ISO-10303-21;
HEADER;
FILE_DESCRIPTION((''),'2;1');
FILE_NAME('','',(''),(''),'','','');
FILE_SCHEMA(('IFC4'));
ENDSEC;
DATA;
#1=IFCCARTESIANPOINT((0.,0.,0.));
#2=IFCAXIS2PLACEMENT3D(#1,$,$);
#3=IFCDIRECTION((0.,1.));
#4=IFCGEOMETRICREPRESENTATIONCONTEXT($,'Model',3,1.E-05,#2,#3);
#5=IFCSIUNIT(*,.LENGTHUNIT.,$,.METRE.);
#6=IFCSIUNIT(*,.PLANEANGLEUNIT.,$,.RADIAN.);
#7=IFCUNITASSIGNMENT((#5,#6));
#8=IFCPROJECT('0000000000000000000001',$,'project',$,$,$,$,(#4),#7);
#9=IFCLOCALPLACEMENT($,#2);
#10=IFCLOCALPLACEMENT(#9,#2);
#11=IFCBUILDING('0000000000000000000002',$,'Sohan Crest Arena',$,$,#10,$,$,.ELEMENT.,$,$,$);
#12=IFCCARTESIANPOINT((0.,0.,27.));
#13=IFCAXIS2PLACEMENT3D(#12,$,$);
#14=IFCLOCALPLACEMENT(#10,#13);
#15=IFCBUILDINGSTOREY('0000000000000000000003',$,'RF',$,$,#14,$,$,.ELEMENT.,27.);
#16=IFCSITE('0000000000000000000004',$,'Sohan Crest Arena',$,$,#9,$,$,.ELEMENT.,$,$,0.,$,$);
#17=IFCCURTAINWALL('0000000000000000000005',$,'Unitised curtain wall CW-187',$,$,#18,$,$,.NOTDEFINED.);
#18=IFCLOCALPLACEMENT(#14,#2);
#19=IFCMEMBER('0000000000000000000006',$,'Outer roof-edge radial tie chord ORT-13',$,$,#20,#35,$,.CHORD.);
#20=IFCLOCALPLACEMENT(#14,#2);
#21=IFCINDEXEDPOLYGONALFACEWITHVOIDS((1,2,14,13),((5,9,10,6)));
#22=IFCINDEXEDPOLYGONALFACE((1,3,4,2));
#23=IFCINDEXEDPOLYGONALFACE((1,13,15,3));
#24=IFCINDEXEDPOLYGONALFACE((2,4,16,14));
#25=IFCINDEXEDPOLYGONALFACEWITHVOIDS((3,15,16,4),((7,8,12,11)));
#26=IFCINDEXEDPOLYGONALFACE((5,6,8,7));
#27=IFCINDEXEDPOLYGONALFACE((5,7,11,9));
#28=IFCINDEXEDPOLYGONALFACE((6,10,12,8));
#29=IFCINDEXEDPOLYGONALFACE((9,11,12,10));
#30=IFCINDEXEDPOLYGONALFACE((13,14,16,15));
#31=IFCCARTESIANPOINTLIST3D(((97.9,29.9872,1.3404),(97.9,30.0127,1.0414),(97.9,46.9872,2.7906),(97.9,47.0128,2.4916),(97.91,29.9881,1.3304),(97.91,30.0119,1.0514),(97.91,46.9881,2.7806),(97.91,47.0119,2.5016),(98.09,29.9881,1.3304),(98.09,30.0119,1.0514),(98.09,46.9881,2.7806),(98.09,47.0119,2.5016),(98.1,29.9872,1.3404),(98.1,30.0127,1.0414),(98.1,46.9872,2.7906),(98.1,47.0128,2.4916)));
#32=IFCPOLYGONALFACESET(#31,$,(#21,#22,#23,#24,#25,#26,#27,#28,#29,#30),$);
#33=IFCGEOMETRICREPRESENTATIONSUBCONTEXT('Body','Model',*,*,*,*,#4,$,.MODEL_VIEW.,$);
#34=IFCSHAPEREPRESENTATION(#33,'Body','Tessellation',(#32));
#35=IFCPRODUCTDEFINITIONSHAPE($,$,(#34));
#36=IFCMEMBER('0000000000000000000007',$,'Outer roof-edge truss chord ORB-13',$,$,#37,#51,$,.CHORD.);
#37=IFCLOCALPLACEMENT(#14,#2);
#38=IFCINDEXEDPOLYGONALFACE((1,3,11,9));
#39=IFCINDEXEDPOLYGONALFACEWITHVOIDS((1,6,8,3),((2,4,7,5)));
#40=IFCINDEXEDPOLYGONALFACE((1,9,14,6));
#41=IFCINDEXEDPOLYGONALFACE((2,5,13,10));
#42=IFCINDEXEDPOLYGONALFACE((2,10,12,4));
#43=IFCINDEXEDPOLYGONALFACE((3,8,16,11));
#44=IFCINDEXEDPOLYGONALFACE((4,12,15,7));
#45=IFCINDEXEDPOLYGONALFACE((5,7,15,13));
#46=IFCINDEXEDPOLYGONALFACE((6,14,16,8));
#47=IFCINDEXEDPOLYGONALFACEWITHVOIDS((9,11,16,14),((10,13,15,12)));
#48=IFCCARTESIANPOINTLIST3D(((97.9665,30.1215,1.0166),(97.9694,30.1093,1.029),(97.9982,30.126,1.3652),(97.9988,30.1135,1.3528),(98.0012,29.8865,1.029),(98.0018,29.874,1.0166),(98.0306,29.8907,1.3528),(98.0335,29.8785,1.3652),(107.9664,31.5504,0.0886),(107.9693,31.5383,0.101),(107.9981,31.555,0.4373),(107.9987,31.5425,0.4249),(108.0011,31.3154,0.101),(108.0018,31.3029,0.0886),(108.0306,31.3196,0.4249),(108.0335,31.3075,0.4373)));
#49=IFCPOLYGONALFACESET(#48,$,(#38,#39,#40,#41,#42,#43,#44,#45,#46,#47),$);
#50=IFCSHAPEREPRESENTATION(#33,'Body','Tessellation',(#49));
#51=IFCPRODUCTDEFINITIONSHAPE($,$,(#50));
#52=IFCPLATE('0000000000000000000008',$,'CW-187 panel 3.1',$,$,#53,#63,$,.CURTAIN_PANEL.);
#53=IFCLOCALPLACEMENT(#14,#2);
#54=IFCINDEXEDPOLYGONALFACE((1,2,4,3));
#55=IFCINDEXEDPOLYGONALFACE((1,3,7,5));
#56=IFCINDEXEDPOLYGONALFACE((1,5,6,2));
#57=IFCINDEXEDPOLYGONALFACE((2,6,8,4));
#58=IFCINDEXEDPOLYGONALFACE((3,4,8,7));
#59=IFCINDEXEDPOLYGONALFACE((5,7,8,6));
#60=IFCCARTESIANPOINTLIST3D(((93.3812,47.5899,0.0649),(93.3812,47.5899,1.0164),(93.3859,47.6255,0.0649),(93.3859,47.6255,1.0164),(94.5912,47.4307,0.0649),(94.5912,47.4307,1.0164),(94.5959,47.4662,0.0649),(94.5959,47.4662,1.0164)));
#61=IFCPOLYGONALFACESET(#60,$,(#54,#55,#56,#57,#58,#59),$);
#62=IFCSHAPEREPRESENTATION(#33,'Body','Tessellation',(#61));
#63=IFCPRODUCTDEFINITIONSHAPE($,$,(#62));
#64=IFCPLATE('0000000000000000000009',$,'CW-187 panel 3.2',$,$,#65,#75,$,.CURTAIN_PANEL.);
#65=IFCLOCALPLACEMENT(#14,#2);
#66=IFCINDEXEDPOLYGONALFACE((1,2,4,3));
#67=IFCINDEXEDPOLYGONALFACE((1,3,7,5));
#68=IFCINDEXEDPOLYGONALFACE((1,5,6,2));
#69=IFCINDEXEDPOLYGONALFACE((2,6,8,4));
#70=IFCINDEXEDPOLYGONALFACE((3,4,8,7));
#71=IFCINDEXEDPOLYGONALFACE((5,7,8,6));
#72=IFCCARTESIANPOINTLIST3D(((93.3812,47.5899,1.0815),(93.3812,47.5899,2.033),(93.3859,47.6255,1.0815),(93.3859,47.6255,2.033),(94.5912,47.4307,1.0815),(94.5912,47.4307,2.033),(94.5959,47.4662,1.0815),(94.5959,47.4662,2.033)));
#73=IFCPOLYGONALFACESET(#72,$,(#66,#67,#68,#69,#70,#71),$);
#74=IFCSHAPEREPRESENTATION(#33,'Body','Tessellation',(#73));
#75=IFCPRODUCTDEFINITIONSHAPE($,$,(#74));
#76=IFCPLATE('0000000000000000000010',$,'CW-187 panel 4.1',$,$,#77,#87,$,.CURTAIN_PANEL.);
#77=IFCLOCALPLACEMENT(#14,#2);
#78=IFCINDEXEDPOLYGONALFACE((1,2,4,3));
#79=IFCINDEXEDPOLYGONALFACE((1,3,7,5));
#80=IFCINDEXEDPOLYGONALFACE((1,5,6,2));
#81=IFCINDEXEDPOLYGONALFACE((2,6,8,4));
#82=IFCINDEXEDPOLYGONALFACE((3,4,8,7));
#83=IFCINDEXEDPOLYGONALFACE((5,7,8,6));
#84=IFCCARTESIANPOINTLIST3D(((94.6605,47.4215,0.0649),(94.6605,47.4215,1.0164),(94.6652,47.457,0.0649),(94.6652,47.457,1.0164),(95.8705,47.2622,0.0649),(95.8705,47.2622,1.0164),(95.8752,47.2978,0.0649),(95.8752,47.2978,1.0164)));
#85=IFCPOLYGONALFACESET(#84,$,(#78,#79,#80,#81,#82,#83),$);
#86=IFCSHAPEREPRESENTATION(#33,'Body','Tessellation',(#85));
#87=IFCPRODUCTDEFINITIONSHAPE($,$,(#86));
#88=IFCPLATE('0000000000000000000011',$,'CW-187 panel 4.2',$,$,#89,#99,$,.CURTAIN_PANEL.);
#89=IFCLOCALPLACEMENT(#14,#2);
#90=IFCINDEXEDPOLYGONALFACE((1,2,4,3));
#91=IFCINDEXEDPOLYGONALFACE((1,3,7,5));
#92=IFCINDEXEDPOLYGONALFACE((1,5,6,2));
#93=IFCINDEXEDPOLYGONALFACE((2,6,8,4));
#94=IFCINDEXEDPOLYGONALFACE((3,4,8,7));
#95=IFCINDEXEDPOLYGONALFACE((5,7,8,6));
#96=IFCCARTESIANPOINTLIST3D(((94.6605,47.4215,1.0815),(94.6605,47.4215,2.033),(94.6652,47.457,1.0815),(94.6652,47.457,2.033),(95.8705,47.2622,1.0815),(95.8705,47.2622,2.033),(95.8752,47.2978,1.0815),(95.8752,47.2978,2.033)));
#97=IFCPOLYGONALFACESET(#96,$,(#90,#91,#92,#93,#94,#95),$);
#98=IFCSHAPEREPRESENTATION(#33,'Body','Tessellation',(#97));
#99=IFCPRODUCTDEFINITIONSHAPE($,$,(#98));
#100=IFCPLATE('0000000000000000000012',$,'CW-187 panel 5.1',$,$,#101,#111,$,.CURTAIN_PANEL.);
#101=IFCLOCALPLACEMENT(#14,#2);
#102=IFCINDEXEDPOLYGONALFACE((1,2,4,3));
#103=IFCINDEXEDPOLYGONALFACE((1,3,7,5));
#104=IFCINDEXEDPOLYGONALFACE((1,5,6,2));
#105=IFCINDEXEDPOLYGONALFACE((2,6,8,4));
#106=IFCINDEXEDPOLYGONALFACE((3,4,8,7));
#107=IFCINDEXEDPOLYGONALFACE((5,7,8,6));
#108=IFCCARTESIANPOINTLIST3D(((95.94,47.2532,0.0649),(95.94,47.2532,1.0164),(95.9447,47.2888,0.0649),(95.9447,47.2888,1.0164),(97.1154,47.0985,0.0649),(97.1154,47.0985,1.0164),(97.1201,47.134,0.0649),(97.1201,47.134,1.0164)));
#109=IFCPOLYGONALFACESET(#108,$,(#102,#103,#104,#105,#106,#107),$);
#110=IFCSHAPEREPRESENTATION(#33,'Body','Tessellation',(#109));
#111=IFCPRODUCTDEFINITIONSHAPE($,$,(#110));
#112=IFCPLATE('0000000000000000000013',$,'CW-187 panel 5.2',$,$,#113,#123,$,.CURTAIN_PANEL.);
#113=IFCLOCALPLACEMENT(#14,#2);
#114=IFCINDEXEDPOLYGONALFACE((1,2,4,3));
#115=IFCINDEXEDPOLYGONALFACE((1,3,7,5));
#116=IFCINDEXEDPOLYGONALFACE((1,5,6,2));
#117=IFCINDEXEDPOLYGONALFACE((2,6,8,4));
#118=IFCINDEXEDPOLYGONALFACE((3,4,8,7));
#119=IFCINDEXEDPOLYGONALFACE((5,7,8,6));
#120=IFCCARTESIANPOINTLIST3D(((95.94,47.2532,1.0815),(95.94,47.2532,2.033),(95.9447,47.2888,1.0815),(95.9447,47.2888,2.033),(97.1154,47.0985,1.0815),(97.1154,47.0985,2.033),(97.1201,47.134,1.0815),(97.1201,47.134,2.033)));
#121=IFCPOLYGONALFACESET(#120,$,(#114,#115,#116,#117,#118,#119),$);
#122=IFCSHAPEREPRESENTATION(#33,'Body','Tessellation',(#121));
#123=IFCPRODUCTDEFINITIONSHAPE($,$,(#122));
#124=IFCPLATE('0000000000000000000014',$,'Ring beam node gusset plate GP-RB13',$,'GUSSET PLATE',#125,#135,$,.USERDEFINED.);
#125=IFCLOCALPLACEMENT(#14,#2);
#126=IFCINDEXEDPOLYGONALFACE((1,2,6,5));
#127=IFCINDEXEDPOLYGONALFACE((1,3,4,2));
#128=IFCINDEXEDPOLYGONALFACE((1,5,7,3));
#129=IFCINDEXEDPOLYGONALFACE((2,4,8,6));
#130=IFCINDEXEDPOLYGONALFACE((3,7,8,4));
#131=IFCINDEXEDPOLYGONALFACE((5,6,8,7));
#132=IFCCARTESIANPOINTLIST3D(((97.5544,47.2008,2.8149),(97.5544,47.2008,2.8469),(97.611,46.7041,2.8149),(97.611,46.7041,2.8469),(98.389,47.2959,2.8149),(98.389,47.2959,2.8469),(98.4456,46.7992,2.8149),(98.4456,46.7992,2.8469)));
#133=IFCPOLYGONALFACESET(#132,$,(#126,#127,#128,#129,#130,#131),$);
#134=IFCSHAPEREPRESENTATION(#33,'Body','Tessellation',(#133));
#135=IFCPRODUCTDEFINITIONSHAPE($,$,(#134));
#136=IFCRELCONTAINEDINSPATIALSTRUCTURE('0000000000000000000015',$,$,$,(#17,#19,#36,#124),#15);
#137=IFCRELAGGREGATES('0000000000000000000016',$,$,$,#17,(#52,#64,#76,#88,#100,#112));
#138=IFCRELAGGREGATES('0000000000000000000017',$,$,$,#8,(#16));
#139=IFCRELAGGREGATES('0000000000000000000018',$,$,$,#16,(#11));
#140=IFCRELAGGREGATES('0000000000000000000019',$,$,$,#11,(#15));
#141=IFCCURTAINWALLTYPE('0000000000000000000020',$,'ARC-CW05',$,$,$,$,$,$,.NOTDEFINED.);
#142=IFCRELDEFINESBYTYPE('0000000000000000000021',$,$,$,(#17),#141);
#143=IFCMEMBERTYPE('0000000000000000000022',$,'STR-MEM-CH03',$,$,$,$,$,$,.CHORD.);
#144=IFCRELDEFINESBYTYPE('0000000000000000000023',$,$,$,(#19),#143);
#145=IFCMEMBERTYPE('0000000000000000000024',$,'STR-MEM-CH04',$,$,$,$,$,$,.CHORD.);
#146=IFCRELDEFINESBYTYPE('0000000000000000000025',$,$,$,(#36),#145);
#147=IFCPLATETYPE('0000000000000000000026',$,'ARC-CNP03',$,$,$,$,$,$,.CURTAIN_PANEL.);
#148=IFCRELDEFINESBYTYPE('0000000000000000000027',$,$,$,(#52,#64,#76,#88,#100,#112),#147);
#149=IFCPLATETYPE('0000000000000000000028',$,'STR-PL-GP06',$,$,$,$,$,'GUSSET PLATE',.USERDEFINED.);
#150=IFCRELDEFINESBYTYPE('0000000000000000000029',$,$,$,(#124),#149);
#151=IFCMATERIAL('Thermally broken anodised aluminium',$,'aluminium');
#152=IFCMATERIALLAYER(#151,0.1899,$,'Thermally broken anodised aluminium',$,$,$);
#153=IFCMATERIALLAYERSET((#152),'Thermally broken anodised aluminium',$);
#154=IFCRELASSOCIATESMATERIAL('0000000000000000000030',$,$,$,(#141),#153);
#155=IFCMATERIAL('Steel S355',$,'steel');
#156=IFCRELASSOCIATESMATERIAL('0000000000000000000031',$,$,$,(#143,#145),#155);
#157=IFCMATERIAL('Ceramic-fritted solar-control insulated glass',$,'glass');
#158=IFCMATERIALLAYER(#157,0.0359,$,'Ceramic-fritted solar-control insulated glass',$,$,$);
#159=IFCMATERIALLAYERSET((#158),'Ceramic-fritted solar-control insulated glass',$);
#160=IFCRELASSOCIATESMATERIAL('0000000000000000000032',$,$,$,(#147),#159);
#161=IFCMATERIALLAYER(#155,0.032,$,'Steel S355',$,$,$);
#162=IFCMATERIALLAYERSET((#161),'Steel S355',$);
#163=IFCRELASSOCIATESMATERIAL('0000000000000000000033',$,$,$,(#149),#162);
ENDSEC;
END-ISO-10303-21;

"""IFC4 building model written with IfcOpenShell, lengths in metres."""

from ifc_helpers import new_model, si_unit, direction, frame, origin, origin_2d, place, context, subcontext, project, spatial, rectangle, hollow_rectangle, extrude, material, layer, layer_set, material_profile, profile_set, type_object, element, aggregate, save


model = new_model("IFC4")

# Units and contexts
model_context = context("Model", 3, precision=1e-05, world=origin(), true_north=direction((0.0, 1.0)))
body_context = subcontext(model_context, "Body", "Model", "MODEL_VIEW")
ifc_project = project(units=[si_unit("LENGTHUNIT", "METRE"), si_unit("PLANEANGLEUNIT", "RADIAN")], contexts=[model_context])

# Site, building, storey
site_placement = place(None, origin())
site = spatial("IfcSite", under=ifc_project, at=site_placement, Name="Sohan Crest Arena", CompositionType="ELEMENT", RefElevation=0.0)
building_placement = place(site_placement, origin())
building = spatial("IfcBuilding", under=site, at=building_placement, Name="Sohan Crest Arena", CompositionType="ELEMENT")
storey_placement = place(building_placement, frame((0.0, 0.0, 27.0)))
storey = spatial("IfcBuildingStorey", under=building, at=storey_placement, Name="RF", CompositionType="ELEMENT", Elevation=27.0)

# Shared definitions
ifc_material_1 = material(Name="Steel S355", Category="steel")

# Curtain wall
ifc_material_2 = material(Name="Thermally broken anodised aluminium", Category="aluminium")
ifc_layer_1 = layer(ifc_material_2, 0.1899, Name="Thermally broken anodised aluminium")
ifc_layer_set_1 = layer_set([ifc_layer_1], Name="Thermally broken anodised aluminium")
curtain_wall_type = type_object("IfcCurtainWallType", Name="ARC-CW05", PredefinedType="NOTDEFINED", material=ifc_layer_set_1)
curtain_wall_placement = place(storey_placement, origin())
curtain_wall = element("IfcCurtainWall", 1, at=curtain_wall_placement, inside=storey, type_object=curtain_wall_type, Name="Unitised curtain wall CW-187", PredefinedType="NOTDEFINED")

# Members
ifc_material_profile_1 = material_profile(ifc_material_1, hollow_rectangle(XDim=0.2, YDim=0.3, WallThickness=0.01, at=origin_2d()), Name="RHS 300x200x10")
ifc_profile_set_1 = profile_set([ifc_material_profile_1], Name="Steel S355")
member_type_1 = type_object("IfcMemberType", Name="STR-MEM-CH03", PredefinedType="CHORD", material=ifc_profile_set_1)
member_1_placement = place(storey_placement, frame((98.0, 47.0, 2.6411), z_axis=(0.0, -0.996381, -0.084997), x_axis=(1.0, 0.0, 0.0)))
element("IfcMember", 2, at=member_1_placement, inside=storey, type_object=member_type_1, Name="Outer roof-edge radial tie chord ORT-13", PredefinedType="CHORD", context=body_context, shape_type="SweptSolid", body=[
    extrude(hollow_rectangle(XDim=0.2, YDim=0.3, WallThickness=0.01, at=origin_2d()), origin(), (0.0, 0.0, 1.0), 17.0618),
])
ifc_material_profile_2 = material_profile(ifc_material_1, hollow_rectangle(XDim=0.25, YDim=0.3501, WallThickness=0.0125, at=origin_2d()), Name="RHS 350x250x12.5")
ifc_profile_set_2 = profile_set([ifc_material_profile_2], Name="Steel S355")
member_type_2 = type_object("IfcMemberType", Name="STR-MEM-CH04", PredefinedType="CHORD", material=ifc_profile_set_2)
member_2_placement = place(storey_placement, frame((98.0, 30.0, 1.1909), z_axis=(0.985793, 0.140865, -0.09148), x_axis=(-0.141459, 0.989944, 0.0)))
element("IfcMember", 3, at=member_2_placement, inside=storey, type_object=member_type_2, Name="Outer roof-edge truss chord ORB-13", PredefinedType="CHORD", context=body_context, shape_type="SweptSolid", body=[
    extrude(hollow_rectangle(XDim=0.25, YDim=0.3501, WallThickness=0.0125, at=origin_2d()), origin(), (0.0, 0.0, 1.0), 10.144),
])

# Plates
ifc_material_3 = material(Name="Ceramic-fritted solar-control insulated glass", Category="glass")
ifc_layer_2 = layer(ifc_material_3, 0.0359, Name="Ceramic-fritted solar-control insulated glass")
ifc_layer_set_2 = layer_set([ifc_layer_2], Name="Ceramic-fritted solar-control insulated glass")
plate_type_1 = type_object("IfcPlateType", Name="ARC-CNP03", PredefinedType="CURTAIN_PANEL", material=ifc_layer_set_2)
plate_1_placement = place(storey_placement, frame((93.9885, 47.5281, 0.0649), z_axis=(0.0, 0.0, 1.0), x_axis=(0.991448, -0.130499, 0.0)))
plate_1 = element("IfcPlate", 4, at=plate_1_placement, type_object=plate_type_1, Name="CW-187 panel 3.1", PredefinedType="CURTAIN_PANEL", context=body_context, shape_type="SweptSolid", body=[
    extrude(rectangle(XDim=1.2205, YDim=0.0359, at=origin_2d()), origin(), (0.0, 0.0, 1.0), 0.9514),
])
plate_2_placement = place(storey_placement, frame((93.9885, 47.5281, 1.0815), z_axis=(0.0, 0.0, 1.0), x_axis=(0.991448, -0.130499, 0.0)))
plate_2 = element("IfcPlate", 5, at=plate_2_placement, type_object=plate_type_1, Name="CW-187 panel 3.2", PredefinedType="CURTAIN_PANEL", context=body_context, shape_type="SweptSolid", body=[
    extrude(rectangle(XDim=1.2205, YDim=0.0359, at=origin_2d()), origin(), (0.0, 0.0, 1.0), 0.9514),
])
plate_3_placement = place(storey_placement, frame((95.2678, 47.3596, 0.0649), z_axis=(0.0, 0.0, 1.0), x_axis=(0.991448, -0.130499, 0.0)))
plate_3 = element("IfcPlate", 6, at=plate_3_placement, type_object=plate_type_1, Name="CW-187 panel 4.1", PredefinedType="CURTAIN_PANEL", context=body_context, shape_type="SweptSolid", body=[
    extrude(rectangle(XDim=1.2205, YDim=0.0359, at=origin_2d()), origin(), (0.0, 0.0, 1.0), 0.9514),
])
plate_4_placement = place(storey_placement, frame((95.2678, 47.3596, 1.0815), z_axis=(0.0, 0.0, 1.0), x_axis=(0.991448, -0.130499, 0.0)))
plate_4 = element("IfcPlate", 7, at=plate_4_placement, type_object=plate_type_1, Name="CW-187 panel 4.2", PredefinedType="CURTAIN_PANEL", context=body_context, shape_type="SweptSolid", body=[
    extrude(rectangle(XDim=1.2205, YDim=0.0359, at=origin_2d()), origin(), (0.0, 0.0, 1.0), 0.9514),
])
plate_5_placement = place(storey_placement, frame((96.53, 47.1936, 0.0649), z_axis=(0.0, 0.0, 1.0), x_axis=(0.991448, -0.130499, 0.0)))
plate_5 = element("IfcPlate", 8, at=plate_5_placement, type_object=plate_type_1, Name="CW-187 panel 5.1", PredefinedType="CURTAIN_PANEL", context=body_context, shape_type="SweptSolid", body=[
    extrude(rectangle(XDim=1.1855, YDim=0.0359, at=origin_2d()), origin(), (0.0, 0.0, 1.0), 0.9514),
])
plate_6_placement = place(storey_placement, frame((96.53, 47.1936, 1.0815), z_axis=(0.0, 0.0, 1.0), x_axis=(0.991448, -0.130499, 0.0)))
plate_6 = element("IfcPlate", 9, at=plate_6_placement, type_object=plate_type_1, Name="CW-187 panel 5.2", PredefinedType="CURTAIN_PANEL", context=body_context, shape_type="SweptSolid", body=[
    extrude(rectangle(XDim=1.1855, YDim=0.0359, at=origin_2d()), origin(), (0.0, 0.0, 1.0), 0.9514),
])
aggregate(curtain_wall, [plate_1, plate_2, plate_3, plate_4, plate_5, plate_6])
ifc_layer_3 = layer(ifc_material_1, 0.032, Name="Steel S355")
ifc_layer_set_3 = layer_set([ifc_layer_3], Name="Steel S355")
plate_type_2 = type_object("IfcPlateType", Name="STR-PL-GP06", ElementType="GUSSET PLATE", PredefinedType="USERDEFINED", material=ifc_layer_set_3)
plate_7_placement = place(storey_placement, frame((98.0, 47.0, 2.8149), z_axis=(0.0, 0.0, 1.0), x_axis=(0.993572, 0.113203, 0.0)))
element("IfcPlate", 10, at=plate_7_placement, inside=storey, type_object=plate_type_2, Name="Ring beam node gusset plate GP-RB13", ObjectType="GUSSET PLATE", PredefinedType="USERDEFINED", context=body_context, shape_type="SweptSolid", body=[
    extrude(rectangle(XDim=0.8401, YDim=0.5, at=origin_2d()), origin(), (0.0, 0.0, 1.0), 0.032),
])

save(model, "model.ifc")
